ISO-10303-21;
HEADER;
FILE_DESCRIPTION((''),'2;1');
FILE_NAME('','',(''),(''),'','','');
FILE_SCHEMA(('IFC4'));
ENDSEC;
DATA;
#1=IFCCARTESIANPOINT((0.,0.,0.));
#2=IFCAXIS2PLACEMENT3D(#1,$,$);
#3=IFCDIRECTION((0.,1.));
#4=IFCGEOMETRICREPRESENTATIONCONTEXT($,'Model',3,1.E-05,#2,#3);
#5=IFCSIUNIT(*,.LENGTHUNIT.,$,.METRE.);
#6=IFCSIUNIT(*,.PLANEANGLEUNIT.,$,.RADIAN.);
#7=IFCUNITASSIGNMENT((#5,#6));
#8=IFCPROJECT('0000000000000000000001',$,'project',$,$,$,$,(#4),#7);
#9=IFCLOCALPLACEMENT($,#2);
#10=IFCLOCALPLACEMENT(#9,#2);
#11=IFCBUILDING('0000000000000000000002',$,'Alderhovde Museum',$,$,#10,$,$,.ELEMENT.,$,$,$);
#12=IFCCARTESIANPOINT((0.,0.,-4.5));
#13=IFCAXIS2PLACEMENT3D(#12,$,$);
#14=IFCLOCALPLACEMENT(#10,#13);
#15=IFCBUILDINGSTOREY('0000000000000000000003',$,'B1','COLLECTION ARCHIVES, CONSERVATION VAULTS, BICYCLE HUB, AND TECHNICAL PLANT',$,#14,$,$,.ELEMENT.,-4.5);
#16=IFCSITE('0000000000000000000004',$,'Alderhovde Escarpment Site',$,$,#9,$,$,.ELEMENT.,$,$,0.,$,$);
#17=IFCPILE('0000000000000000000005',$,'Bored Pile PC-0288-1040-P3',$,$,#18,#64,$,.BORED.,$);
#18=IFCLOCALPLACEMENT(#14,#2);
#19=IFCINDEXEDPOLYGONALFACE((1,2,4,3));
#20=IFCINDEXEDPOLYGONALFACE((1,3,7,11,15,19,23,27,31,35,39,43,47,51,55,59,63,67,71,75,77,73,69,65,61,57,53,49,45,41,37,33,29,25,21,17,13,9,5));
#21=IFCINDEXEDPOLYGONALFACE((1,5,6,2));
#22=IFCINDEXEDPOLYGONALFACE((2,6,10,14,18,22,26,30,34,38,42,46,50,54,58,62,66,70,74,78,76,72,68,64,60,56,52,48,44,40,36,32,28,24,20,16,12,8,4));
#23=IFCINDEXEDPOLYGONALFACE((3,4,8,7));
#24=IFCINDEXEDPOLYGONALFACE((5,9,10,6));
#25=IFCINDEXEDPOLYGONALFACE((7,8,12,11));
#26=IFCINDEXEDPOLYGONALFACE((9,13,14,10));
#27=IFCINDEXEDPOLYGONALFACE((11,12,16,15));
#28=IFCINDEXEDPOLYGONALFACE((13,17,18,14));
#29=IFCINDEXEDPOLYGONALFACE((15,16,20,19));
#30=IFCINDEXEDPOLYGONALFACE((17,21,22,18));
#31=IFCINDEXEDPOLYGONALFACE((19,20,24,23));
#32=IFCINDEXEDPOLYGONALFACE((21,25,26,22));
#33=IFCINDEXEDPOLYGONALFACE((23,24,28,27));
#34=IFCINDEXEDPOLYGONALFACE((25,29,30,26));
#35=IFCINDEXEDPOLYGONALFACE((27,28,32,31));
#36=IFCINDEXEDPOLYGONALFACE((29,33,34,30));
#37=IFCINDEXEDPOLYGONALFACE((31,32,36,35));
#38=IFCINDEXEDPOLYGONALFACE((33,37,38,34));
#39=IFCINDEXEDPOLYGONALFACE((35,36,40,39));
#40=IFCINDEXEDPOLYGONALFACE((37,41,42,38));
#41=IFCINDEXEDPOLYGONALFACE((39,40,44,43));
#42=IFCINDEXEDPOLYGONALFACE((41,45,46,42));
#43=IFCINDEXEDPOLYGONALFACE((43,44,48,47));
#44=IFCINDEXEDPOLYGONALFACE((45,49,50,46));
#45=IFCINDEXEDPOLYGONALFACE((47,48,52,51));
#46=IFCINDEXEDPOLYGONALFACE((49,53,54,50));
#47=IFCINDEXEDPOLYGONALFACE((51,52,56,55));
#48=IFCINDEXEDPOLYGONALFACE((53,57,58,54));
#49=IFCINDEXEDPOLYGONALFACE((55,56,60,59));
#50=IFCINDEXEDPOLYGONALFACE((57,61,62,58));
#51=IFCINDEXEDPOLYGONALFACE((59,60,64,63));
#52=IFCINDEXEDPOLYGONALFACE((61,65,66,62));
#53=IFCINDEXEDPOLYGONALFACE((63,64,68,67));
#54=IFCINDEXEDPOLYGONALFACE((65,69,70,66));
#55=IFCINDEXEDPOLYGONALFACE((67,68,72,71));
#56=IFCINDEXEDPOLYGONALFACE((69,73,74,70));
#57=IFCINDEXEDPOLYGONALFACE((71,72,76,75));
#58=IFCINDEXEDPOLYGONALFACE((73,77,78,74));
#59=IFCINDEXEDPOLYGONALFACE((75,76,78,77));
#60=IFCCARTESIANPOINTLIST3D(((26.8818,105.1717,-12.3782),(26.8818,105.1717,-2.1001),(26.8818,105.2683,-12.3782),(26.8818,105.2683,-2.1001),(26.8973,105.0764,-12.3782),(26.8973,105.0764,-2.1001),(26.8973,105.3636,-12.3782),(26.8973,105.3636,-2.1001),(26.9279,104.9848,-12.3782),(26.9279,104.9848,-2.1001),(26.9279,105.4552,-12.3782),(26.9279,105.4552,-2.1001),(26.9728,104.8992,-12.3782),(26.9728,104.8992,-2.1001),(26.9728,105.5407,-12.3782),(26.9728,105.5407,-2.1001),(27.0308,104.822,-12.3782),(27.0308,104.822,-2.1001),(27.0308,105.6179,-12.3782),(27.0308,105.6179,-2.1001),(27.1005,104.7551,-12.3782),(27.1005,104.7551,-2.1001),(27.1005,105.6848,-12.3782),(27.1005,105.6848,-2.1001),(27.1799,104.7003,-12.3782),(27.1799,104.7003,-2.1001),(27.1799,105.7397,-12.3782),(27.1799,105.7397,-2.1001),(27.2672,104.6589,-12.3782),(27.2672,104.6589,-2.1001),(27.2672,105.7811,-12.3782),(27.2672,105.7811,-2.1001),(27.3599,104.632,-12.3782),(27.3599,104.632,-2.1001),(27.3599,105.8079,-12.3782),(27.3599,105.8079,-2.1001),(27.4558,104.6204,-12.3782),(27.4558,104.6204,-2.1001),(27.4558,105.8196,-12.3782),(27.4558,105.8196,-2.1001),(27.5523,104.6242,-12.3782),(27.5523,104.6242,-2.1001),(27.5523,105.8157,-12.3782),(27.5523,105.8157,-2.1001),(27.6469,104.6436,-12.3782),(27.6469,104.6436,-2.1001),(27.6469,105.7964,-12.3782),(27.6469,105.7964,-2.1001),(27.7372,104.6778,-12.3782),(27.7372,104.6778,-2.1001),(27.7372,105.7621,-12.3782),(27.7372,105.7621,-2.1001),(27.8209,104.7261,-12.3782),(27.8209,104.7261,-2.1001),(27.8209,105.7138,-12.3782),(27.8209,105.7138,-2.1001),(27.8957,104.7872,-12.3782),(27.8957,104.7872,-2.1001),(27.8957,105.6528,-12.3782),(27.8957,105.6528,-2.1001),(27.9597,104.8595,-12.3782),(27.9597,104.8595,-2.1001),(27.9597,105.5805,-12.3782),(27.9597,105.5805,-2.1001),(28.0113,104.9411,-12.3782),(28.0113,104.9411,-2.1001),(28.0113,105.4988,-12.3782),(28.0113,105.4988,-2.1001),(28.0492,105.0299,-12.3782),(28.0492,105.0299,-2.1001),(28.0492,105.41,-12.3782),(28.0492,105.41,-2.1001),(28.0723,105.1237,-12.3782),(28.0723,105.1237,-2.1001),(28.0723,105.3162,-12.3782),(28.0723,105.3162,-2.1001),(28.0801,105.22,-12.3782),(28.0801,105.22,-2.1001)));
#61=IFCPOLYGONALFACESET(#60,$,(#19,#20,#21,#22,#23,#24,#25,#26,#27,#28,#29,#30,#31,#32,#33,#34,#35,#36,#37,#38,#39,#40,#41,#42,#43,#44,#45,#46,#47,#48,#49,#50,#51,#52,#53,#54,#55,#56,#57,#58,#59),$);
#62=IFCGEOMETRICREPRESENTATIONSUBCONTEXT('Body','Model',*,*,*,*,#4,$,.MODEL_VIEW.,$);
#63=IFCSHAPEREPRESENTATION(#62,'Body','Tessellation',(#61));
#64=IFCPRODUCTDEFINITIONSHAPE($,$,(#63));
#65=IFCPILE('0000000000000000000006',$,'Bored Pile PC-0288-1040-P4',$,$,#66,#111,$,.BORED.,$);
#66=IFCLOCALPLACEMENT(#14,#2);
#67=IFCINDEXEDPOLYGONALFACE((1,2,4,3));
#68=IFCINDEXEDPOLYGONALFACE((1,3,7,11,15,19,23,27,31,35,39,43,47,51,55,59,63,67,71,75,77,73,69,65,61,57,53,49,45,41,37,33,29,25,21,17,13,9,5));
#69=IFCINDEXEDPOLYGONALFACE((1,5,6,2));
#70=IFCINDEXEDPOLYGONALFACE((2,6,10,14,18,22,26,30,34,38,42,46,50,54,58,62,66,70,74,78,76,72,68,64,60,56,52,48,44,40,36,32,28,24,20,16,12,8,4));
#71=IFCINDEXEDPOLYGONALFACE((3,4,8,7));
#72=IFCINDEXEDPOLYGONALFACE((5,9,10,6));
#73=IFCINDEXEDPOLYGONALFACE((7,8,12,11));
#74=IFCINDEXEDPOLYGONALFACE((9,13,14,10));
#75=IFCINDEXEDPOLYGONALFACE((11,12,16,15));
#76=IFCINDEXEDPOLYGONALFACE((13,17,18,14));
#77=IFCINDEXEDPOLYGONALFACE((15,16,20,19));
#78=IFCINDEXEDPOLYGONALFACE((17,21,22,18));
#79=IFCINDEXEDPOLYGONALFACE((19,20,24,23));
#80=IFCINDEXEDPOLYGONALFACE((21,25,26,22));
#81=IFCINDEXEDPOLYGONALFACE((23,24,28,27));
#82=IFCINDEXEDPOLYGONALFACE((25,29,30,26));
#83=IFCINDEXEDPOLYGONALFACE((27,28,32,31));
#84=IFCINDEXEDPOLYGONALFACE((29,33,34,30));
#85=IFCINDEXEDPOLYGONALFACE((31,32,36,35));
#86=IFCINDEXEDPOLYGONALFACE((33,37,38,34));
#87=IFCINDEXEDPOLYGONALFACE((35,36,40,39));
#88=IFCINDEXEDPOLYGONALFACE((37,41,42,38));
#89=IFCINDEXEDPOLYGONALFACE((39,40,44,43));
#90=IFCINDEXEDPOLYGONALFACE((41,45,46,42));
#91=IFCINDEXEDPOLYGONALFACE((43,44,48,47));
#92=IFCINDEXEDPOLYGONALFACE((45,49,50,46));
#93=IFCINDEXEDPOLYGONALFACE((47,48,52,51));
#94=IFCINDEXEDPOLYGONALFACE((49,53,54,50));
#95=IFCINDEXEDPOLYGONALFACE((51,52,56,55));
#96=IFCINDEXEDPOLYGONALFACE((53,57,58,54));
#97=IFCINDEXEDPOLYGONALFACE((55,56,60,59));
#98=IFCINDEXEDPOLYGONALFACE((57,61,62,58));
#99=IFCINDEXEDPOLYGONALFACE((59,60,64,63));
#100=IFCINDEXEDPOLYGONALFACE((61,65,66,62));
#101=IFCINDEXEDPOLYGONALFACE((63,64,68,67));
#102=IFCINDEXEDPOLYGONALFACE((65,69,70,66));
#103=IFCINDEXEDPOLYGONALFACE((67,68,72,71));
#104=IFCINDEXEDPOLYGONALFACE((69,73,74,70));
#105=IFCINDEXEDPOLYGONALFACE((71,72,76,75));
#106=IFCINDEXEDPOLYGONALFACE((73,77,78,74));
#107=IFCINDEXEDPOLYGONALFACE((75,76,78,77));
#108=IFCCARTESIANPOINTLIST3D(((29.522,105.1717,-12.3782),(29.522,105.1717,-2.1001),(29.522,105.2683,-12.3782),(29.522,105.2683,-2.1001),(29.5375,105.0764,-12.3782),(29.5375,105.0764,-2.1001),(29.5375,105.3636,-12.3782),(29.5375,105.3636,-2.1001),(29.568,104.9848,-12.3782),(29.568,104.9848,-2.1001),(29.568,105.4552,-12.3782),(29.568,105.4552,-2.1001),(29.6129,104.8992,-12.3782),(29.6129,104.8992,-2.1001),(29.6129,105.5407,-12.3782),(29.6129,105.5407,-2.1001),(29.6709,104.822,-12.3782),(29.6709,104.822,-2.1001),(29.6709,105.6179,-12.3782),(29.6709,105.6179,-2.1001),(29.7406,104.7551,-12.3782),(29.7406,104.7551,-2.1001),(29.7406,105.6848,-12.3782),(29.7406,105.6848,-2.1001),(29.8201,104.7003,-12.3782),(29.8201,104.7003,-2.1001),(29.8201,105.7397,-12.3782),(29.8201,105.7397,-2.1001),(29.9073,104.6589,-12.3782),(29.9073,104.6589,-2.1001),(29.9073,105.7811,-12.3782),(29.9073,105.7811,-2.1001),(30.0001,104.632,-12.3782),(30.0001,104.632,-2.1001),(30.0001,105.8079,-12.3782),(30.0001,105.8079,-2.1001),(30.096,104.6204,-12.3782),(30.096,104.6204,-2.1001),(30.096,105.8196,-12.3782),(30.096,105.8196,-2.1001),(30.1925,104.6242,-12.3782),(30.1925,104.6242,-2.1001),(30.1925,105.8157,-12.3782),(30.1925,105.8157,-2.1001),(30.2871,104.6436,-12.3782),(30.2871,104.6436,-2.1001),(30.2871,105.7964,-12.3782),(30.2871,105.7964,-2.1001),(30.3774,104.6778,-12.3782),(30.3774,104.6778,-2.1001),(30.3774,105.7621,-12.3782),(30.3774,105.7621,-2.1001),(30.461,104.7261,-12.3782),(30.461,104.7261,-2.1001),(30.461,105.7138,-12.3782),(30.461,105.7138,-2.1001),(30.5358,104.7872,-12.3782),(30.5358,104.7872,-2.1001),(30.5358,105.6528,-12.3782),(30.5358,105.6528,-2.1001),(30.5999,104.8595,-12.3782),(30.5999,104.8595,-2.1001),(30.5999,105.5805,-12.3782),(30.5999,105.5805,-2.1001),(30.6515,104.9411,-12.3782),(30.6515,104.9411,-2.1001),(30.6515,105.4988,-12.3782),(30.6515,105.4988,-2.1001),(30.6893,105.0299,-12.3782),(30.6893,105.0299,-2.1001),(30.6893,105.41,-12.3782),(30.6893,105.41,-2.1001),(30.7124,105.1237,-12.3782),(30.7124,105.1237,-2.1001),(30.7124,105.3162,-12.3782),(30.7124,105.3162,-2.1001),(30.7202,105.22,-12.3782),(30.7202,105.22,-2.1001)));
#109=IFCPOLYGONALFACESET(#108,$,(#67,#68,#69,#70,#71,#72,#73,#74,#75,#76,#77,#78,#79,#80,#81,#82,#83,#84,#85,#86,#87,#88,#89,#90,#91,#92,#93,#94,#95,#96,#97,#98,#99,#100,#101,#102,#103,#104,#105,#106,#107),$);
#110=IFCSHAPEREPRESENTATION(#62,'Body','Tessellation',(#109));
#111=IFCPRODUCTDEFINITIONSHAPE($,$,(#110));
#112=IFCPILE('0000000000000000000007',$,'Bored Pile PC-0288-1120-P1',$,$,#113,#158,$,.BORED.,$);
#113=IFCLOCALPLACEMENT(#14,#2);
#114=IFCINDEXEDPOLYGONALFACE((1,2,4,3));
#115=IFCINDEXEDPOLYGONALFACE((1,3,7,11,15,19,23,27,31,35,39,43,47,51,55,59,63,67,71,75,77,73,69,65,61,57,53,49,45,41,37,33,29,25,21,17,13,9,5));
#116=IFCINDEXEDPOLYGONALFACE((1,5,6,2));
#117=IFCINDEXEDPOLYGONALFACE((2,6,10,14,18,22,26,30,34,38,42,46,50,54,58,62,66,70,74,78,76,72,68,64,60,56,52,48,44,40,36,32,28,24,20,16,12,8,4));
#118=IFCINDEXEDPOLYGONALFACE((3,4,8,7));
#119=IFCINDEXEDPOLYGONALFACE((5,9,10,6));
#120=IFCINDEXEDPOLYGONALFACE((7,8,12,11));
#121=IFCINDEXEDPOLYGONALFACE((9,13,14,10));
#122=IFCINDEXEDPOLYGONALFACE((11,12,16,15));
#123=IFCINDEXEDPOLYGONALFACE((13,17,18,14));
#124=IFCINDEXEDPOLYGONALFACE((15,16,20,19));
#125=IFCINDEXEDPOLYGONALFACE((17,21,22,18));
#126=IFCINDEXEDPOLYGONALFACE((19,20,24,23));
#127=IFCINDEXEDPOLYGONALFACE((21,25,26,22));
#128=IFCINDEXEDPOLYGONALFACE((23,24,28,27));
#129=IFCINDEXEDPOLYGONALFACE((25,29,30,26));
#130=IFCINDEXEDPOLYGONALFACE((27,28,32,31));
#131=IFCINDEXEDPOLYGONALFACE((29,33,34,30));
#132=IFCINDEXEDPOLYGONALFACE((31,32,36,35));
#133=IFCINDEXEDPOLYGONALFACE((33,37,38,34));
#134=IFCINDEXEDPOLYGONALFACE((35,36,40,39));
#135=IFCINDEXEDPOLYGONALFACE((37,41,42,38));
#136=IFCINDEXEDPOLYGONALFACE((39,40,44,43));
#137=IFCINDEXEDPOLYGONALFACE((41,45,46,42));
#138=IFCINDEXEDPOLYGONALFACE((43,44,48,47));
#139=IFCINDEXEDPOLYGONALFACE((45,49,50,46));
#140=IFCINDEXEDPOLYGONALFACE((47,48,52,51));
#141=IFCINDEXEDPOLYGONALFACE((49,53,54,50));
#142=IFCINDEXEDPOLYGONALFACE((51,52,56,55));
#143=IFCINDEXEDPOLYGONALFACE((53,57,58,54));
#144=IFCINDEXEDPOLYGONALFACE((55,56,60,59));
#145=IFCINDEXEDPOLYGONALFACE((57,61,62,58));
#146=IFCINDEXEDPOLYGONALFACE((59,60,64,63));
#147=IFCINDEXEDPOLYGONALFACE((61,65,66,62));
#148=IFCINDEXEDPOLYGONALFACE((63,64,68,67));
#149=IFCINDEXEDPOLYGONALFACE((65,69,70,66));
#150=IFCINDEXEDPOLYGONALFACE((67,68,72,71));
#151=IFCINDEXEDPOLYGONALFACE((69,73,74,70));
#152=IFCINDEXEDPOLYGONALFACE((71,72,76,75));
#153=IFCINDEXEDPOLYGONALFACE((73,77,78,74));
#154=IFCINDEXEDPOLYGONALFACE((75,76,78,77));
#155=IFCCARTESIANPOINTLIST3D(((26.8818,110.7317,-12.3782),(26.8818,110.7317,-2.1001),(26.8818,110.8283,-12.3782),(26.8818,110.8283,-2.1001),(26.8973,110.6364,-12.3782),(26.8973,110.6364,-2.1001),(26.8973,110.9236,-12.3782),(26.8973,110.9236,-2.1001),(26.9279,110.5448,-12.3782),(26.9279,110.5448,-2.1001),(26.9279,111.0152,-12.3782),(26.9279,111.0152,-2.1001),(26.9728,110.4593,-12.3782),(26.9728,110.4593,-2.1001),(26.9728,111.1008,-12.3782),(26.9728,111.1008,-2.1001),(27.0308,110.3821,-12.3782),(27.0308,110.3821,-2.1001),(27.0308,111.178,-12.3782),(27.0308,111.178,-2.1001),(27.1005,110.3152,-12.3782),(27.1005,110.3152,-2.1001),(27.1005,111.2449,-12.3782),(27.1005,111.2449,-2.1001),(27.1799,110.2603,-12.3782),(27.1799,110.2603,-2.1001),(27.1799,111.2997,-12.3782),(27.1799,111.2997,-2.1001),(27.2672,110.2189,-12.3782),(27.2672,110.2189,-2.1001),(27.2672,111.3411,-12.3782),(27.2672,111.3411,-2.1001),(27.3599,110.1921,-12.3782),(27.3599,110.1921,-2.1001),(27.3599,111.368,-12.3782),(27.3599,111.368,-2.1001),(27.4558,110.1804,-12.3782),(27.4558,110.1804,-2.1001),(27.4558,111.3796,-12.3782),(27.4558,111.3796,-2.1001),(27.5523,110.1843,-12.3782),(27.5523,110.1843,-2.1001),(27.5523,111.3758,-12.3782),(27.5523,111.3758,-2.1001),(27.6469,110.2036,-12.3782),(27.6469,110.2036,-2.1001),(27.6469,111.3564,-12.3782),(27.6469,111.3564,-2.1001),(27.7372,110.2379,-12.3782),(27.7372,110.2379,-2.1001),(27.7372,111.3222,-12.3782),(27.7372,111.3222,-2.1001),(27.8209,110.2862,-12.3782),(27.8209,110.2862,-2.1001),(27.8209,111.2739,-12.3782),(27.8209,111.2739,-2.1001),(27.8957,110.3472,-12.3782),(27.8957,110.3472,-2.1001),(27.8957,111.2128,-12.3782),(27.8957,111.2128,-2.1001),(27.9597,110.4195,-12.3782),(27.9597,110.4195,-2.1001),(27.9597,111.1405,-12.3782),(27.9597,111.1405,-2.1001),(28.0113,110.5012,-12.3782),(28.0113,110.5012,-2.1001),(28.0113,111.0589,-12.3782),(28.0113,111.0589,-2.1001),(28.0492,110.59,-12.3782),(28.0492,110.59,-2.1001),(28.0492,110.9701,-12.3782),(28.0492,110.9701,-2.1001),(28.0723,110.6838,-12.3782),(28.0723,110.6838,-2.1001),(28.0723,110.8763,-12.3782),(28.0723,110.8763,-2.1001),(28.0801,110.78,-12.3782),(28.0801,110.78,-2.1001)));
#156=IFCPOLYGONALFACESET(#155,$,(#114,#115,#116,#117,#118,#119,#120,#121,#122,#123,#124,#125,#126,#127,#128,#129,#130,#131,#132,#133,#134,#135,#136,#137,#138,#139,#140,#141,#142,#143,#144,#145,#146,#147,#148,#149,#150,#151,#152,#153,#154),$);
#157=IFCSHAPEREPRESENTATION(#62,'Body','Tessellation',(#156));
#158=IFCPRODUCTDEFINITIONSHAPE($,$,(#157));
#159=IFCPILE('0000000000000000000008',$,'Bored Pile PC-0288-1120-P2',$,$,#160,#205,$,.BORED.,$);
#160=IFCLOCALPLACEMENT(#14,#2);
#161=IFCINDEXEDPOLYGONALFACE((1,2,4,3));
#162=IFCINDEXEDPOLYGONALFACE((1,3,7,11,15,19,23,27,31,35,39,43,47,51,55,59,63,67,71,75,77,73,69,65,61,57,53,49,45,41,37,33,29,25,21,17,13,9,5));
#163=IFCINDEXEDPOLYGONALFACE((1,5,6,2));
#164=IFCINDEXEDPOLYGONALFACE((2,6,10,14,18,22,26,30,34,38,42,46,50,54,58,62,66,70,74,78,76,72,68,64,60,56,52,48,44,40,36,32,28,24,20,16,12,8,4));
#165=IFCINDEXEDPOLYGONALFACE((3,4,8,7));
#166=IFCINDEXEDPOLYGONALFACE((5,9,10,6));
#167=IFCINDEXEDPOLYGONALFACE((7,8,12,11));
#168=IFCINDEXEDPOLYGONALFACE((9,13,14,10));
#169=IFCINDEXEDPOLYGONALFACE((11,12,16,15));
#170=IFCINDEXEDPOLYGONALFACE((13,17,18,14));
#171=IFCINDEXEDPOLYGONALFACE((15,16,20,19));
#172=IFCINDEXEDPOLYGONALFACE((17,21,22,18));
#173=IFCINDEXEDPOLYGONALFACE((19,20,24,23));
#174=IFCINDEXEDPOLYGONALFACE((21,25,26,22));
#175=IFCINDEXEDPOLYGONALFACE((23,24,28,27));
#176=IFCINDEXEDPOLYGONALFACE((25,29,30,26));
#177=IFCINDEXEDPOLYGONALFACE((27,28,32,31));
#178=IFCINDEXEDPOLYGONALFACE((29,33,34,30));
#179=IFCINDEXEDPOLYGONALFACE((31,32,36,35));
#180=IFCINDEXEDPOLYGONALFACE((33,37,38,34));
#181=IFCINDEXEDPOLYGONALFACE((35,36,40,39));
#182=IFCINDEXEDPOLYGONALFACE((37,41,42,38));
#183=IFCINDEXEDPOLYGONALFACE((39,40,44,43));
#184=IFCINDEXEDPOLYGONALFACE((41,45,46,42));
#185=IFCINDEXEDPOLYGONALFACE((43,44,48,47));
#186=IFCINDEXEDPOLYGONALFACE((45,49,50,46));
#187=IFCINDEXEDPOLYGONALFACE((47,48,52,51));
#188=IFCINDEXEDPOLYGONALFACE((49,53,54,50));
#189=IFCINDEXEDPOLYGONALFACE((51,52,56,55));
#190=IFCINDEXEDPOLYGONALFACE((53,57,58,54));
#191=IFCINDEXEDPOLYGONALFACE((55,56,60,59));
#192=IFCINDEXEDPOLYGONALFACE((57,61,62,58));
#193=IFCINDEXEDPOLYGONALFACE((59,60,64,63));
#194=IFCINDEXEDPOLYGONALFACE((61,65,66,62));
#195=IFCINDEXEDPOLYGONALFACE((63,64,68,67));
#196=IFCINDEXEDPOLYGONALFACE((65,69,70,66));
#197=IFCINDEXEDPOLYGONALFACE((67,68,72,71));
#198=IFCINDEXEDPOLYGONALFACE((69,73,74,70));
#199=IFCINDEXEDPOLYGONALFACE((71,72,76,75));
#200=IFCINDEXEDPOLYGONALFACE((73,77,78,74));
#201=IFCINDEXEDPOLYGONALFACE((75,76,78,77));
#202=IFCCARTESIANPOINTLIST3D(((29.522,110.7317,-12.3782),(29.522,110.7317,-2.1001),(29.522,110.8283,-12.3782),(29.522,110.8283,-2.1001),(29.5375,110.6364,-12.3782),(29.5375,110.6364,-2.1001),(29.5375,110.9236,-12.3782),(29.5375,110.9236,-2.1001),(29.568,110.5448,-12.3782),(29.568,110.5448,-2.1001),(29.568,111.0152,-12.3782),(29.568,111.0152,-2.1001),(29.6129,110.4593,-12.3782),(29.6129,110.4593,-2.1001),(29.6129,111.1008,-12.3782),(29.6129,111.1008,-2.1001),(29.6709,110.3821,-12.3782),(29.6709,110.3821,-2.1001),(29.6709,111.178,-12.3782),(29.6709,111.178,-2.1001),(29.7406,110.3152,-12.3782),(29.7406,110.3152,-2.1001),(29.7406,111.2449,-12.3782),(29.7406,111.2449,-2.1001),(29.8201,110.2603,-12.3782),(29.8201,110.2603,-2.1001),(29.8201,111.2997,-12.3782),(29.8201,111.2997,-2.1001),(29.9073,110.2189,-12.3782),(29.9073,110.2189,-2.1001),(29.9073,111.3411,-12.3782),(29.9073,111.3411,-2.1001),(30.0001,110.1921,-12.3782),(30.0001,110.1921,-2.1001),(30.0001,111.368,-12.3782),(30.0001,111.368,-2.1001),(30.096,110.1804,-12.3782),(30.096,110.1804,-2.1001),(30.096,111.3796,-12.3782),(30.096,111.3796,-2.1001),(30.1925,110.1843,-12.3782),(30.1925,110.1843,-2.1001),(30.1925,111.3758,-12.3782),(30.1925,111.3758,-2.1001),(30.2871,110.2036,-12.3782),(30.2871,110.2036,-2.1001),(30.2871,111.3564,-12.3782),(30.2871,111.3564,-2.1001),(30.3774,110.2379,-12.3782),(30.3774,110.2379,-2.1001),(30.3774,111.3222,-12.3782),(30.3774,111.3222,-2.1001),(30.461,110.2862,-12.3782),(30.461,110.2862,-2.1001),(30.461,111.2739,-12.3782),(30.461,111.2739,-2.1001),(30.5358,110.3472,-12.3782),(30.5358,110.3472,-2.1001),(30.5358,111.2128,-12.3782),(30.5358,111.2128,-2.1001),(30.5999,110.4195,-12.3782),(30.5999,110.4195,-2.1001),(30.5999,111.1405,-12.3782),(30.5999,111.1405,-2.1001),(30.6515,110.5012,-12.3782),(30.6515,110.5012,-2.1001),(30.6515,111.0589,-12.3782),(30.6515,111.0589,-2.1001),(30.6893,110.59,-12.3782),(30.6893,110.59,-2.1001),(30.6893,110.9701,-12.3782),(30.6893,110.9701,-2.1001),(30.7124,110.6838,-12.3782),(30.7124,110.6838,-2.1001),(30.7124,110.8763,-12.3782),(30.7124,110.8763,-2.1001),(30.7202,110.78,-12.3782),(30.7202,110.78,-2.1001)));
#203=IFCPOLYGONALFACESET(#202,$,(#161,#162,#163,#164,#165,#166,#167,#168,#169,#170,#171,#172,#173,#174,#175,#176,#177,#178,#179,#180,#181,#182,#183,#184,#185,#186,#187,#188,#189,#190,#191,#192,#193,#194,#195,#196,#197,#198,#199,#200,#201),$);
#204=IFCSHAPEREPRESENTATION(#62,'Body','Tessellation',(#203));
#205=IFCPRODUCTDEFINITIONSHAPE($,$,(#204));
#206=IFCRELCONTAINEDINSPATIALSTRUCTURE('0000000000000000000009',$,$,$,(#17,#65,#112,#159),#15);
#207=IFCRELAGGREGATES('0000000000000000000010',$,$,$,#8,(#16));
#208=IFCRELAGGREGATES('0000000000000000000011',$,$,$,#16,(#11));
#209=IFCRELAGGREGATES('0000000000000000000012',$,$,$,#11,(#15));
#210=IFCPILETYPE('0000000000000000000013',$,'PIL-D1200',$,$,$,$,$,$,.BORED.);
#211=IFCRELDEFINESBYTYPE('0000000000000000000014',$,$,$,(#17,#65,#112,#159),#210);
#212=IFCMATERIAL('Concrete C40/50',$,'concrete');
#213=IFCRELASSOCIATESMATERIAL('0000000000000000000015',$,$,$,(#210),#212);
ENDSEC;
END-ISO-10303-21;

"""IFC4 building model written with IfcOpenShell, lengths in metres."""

from ifc_helpers import new_model, si_unit, direction, frame, origin, origin_2d, place, context, subcontext, project, spatial, circle, extrude, material, material_profile, profile_set, type_object, element, save


model = new_model("IFC4")

# Units and contexts
model_context = context("Model", 3, precision=1e-05, world=origin(), true_north=direction((0.0, 1.0)))
body_context = subcontext(model_context, "Body", "Model", "MODEL_VIEW")
ifc_project = project(units=[si_unit("LENGTHUNIT", "METRE"), si_unit("PLANEANGLEUNIT", "RADIAN")], contexts=[model_context])

# Site, building, storey
site_placement = place(None, origin())
site = spatial("IfcSite", under=ifc_project, at=site_placement, Name="Alderhovde Escarpment Site", CompositionType="ELEMENT", RefElevation=0.0)
building_placement = place(site_placement, origin())
building = spatial("IfcBuilding", under=site, at=building_placement, Name="Alderhovde Museum", CompositionType="ELEMENT")
storey_placement = place(building_placement, frame((0.0, 0.0, -4.5)))
storey = spatial("IfcBuildingStorey", under=building, at=storey_placement, Name="B1", Description="COLLECTION ARCHIVES, CONSERVATION VAULTS, BICYCLE HUB, AND TECHNICAL PLANT", CompositionType="ELEMENT", Elevation=-4.5)

# Piles
ifc_material_1 = material(Name="Concrete C40/50", Category="concrete")
ifc_material_profile_1 = material_profile(ifc_material_1, circle(Radius=0.6001, at=origin_2d()), Name="PILE-D1200")
ifc_profile_set_1 = profile_set([ifc_material_profile_1], Name="Concrete C40/50")
pile_type = type_object("IfcPileType", Name="PIL-D1200", PredefinedType="BORED", material=ifc_profile_set_1)
for number, where, z_axis, x_axis, name in (
    (1, (27.48, 105.22, -2.1001), (0.0, 0.0, -1.0), (1.0, 0.0, 0.0), "Bored Pile PC-0288-1040-P3"),
    (2, (30.1201, 105.22, -2.1001), (0.0, 0.0, -1.0), (1.0, 0.0, 0.0), "Bored Pile PC-0288-1040-P4"),
    (3, (27.48, 110.78, -2.1001), (0.0, 0.0, -1.0), (1.0, 0.0, 0.0), "Bored Pile PC-0288-1120-P1"),
    (4, (30.1201, 110.78, -2.1001), (0.0, 0.0, -1.0), (1.0, 0.0, 0.0), "Bored Pile PC-0288-1120-P2"),
):
    element("IfcPile", number, at=place(storey_placement, frame(where, z_axis=z_axis, x_axis=x_axis)), inside=storey, type_object=pile_type, Name=name, PredefinedType="BORED", context=body_context, shape_type="SweptSolid", body=[
        extrude(circle(Radius=0.6001, at=origin_2d()), origin(), (0.0, 0.0, 1.0), 10.2781),
    ])

save(model, "model.ifc")
